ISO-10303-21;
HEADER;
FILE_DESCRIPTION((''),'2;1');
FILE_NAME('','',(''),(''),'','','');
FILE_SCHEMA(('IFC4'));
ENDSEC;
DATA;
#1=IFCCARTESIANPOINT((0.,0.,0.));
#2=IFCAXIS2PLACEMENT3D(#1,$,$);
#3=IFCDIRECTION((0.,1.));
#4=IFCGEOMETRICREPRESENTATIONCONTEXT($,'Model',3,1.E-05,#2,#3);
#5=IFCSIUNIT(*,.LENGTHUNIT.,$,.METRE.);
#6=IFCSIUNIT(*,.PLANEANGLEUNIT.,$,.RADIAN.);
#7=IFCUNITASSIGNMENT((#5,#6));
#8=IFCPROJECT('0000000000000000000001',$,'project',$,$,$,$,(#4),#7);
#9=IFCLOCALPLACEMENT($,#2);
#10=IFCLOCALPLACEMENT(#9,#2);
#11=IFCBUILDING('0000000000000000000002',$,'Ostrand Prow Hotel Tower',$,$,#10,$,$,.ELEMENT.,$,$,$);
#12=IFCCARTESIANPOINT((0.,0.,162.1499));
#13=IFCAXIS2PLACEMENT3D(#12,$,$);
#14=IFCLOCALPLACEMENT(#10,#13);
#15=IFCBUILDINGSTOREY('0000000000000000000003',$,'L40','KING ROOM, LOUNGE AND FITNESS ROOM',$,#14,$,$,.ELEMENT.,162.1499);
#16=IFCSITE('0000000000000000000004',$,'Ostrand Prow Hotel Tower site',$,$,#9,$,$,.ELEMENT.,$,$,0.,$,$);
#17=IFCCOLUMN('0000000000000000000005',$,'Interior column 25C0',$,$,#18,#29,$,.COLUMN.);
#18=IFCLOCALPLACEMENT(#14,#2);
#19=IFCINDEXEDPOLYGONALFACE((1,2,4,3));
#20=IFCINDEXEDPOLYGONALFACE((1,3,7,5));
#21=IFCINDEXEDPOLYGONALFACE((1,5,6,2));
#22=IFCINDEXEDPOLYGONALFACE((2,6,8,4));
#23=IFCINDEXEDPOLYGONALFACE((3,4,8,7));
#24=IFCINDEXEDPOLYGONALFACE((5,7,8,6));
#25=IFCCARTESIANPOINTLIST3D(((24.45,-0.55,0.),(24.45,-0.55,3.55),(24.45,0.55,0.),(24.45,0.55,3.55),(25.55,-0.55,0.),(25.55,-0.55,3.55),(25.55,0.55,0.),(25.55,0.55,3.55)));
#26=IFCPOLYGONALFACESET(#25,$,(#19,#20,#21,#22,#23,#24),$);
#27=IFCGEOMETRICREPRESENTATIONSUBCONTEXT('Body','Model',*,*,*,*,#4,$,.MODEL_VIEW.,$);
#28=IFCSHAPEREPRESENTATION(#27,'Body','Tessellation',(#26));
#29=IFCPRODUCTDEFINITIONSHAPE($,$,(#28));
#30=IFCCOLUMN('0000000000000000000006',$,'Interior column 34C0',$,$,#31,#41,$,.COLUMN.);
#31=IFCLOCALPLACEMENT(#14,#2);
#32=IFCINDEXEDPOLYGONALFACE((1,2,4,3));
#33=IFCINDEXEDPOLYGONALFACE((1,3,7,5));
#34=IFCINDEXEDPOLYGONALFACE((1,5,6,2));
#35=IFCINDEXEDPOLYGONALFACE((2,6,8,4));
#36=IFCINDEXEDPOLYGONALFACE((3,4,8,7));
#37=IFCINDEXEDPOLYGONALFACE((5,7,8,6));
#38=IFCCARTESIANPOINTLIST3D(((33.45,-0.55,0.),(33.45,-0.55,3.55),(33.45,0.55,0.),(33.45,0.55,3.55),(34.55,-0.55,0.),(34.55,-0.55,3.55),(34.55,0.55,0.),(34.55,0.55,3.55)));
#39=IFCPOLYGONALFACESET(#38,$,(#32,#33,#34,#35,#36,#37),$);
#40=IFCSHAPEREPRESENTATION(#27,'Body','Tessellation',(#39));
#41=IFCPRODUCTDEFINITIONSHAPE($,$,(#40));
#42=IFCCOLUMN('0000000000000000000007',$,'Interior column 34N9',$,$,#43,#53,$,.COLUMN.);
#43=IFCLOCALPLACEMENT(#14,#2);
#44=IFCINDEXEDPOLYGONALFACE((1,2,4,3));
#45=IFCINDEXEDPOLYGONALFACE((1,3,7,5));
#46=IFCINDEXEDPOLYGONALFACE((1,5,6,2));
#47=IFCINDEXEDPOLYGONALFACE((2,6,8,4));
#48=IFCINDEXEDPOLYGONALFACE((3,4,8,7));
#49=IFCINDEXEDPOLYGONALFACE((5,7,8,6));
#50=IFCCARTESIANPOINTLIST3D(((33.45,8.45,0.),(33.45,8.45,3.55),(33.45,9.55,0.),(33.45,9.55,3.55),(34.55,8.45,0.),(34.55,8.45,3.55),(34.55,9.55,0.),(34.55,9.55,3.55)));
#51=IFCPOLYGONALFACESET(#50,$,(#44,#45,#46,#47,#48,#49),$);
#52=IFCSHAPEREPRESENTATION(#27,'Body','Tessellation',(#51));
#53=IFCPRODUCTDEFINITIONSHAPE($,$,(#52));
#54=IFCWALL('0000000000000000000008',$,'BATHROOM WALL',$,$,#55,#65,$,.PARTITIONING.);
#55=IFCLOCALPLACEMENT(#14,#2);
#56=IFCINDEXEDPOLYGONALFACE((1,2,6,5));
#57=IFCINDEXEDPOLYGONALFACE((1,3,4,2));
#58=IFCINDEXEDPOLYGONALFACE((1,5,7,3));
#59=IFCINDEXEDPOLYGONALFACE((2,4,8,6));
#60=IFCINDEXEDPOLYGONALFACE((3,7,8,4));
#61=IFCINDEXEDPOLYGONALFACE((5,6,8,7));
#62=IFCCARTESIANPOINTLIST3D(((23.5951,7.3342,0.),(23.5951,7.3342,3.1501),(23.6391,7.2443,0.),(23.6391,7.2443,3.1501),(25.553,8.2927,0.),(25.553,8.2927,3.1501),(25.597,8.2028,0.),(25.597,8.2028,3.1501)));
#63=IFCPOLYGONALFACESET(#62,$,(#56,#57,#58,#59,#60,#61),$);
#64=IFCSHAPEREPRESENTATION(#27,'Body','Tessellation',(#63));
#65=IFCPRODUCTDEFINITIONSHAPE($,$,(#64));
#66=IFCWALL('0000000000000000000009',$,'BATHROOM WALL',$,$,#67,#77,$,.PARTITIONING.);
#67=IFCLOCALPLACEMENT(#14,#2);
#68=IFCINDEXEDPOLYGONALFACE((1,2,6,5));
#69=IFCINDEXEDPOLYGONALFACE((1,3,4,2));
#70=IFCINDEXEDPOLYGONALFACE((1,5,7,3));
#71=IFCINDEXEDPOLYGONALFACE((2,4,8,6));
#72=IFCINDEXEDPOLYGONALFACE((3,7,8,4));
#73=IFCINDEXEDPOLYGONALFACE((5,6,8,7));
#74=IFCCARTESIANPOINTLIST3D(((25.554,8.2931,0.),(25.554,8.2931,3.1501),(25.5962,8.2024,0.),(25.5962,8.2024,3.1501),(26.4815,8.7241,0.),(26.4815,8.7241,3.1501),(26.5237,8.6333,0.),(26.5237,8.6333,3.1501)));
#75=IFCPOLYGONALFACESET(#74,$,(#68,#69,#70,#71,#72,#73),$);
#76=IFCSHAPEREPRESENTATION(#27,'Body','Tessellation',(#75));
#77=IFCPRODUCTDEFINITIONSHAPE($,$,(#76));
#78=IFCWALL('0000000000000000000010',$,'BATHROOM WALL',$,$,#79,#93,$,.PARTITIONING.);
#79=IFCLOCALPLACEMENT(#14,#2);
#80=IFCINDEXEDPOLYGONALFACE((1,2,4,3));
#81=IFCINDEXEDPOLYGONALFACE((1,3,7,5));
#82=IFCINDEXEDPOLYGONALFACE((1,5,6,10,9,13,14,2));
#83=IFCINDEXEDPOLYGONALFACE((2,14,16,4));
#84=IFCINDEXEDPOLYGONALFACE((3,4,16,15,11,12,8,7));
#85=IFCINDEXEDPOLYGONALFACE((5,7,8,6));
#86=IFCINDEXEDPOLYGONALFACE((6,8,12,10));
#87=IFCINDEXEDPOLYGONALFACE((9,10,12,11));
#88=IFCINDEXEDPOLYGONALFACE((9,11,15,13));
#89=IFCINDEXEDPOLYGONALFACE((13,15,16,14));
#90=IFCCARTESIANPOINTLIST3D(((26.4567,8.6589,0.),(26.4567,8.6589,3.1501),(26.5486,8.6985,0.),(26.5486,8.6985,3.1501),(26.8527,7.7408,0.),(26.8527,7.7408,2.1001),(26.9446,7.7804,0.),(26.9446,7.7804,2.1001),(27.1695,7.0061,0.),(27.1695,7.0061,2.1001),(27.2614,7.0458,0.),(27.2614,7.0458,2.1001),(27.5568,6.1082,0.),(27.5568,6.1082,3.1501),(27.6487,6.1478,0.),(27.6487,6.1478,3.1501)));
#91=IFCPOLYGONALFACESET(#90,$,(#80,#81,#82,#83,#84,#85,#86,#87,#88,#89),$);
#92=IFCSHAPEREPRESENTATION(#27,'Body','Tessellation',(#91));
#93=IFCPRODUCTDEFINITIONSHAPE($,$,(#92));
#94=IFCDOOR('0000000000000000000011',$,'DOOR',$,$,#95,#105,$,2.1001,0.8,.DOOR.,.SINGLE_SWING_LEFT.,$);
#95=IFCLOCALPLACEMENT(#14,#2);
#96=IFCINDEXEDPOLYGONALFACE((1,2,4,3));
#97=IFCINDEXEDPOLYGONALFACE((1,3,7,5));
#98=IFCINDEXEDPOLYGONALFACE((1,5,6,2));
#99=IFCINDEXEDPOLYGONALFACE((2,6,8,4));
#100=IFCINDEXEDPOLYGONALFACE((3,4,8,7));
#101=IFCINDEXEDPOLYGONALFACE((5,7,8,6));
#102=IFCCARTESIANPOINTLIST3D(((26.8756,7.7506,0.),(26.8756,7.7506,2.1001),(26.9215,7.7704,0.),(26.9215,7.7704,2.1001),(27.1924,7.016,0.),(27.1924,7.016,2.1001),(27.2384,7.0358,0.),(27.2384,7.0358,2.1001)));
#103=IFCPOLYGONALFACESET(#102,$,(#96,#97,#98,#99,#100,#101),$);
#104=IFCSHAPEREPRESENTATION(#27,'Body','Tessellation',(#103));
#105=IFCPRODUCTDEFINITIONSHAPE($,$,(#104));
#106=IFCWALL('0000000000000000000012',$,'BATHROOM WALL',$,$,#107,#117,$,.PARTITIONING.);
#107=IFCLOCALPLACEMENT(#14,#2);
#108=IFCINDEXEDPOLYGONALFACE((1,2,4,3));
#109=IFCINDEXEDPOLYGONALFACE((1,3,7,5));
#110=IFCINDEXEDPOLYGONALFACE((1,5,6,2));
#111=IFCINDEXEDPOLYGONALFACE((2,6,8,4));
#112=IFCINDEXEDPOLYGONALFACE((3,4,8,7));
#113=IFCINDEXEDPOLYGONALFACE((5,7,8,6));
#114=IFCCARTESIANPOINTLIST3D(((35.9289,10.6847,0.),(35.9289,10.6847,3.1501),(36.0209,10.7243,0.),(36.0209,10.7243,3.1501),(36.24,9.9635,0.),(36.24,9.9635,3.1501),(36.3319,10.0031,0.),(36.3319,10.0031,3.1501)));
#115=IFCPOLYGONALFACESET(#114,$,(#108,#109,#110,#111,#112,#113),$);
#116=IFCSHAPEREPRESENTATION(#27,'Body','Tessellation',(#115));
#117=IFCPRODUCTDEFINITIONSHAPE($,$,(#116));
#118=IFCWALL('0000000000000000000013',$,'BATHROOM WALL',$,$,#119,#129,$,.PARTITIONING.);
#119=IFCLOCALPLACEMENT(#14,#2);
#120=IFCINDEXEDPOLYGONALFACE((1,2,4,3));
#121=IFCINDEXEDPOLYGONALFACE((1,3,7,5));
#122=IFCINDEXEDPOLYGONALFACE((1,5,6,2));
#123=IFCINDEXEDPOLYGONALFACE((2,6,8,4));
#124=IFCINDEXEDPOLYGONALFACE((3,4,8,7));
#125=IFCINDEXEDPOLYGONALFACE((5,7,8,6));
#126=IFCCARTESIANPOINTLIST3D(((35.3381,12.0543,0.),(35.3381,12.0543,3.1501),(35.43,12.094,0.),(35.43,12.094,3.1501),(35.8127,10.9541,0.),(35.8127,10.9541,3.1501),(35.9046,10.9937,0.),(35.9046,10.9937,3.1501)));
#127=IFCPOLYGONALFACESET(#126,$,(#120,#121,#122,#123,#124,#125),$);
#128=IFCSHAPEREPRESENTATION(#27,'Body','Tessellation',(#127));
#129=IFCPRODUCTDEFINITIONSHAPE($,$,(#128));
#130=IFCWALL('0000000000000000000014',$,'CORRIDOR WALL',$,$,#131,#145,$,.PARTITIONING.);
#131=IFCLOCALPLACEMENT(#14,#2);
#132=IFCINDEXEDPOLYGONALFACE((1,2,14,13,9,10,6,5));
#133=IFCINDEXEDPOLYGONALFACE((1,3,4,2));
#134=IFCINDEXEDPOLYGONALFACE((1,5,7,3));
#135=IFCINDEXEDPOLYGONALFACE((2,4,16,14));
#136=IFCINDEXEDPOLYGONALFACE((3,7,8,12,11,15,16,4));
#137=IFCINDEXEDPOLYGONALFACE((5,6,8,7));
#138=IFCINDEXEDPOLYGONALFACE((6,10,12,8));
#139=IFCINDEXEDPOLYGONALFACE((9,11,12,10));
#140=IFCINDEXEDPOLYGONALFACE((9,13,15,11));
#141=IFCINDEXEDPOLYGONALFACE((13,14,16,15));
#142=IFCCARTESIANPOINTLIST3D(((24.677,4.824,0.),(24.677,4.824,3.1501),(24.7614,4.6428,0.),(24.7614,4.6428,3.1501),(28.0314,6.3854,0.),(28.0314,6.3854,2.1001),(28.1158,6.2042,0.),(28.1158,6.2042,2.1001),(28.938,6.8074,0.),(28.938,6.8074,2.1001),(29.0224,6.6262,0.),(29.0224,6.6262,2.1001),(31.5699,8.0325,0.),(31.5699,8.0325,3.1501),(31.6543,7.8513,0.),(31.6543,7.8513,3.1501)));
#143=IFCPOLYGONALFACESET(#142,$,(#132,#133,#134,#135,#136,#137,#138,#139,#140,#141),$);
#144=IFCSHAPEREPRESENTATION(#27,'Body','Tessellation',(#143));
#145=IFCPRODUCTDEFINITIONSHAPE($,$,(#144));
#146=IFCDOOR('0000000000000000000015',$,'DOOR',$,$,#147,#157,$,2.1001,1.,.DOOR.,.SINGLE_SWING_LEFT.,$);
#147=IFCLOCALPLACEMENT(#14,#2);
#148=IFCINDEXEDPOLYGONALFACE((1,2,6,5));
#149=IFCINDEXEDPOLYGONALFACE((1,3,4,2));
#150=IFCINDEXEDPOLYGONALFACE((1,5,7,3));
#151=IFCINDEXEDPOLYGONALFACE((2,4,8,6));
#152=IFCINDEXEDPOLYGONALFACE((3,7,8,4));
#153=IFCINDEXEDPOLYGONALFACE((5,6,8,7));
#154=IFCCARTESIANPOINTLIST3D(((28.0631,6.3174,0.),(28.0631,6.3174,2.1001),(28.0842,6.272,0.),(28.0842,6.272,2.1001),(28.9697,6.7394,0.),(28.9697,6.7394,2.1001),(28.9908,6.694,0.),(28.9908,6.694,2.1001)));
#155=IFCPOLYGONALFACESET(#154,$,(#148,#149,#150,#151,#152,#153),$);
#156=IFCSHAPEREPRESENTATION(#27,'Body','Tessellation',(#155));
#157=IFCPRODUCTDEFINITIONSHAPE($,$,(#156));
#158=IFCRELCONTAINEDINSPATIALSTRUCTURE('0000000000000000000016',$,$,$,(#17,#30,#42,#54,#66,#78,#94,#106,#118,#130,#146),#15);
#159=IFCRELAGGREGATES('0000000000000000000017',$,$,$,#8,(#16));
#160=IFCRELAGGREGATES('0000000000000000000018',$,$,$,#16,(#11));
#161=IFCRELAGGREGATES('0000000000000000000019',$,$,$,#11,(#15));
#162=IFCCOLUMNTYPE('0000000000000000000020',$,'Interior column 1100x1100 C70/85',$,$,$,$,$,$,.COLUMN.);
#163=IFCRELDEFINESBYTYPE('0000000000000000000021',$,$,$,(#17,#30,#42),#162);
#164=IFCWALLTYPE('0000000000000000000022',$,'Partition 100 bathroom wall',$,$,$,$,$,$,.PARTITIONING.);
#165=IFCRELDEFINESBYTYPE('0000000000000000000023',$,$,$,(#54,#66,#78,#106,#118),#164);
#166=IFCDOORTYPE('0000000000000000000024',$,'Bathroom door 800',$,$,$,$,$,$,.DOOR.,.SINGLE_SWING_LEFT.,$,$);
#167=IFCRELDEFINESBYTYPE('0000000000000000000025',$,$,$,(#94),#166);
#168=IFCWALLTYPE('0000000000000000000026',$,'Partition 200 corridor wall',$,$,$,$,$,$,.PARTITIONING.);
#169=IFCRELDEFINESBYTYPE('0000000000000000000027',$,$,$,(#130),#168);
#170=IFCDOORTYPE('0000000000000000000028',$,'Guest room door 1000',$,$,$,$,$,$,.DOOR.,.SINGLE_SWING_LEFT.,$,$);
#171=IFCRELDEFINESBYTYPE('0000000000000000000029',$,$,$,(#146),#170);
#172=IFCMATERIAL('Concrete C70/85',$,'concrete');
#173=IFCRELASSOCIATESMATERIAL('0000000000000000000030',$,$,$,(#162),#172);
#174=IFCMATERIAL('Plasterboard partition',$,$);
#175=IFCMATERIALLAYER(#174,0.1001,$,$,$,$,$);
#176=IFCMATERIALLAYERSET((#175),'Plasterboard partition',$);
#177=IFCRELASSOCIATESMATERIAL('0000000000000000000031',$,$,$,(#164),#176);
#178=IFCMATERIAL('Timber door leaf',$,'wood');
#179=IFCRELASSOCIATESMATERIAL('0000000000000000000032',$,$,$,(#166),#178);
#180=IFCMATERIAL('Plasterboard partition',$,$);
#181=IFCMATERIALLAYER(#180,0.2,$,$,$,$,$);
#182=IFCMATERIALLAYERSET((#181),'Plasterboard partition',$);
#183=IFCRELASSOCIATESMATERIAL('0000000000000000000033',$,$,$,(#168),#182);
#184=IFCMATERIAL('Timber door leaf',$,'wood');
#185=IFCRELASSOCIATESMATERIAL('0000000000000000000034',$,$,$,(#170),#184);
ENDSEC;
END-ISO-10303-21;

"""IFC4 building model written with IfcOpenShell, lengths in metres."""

from ifc_helpers import new_model, si_unit, direction, frame, frame_2d, origin, origin_2d, place, context, subcontext, project, spatial, rectangle, extrude, material, layer, layer_set, material_profile, profile_set, type_object, element, fill, save


model = new_model("IFC4")

# Units and contexts
model_context = context("Model", 3, precision=1e-05, world=origin(), true_north=direction((0.0, 1.0)))
body_context = subcontext(model_context, "Body", "Model", "MODEL_VIEW")
ifc_project = project(units=[si_unit("LENGTHUNIT", "METRE"), si_unit("PLANEANGLEUNIT", "RADIAN")], contexts=[model_context])

# Site, building, storey
site_placement = place(None, origin())
site = spatial("IfcSite", under=ifc_project, at=site_placement, Name="Ostrand Prow Hotel Tower site", CompositionType="ELEMENT", RefElevation=0.0)
building_placement = place(site_placement, origin())
building = spatial("IfcBuilding", under=site, at=building_placement, Name="Ostrand Prow Hotel Tower", CompositionType="ELEMENT")
storey_placement = place(building_placement, frame((0.0, 0.0, 162.1499)))
storey = spatial("IfcBuildingStorey", under=building, at=storey_placement, Name="L40", Description="KING ROOM, LOUNGE AND FITNESS ROOM", CompositionType="ELEMENT", Elevation=162.1499)

# Columns
ifc_material_1 = material(Name="Concrete C70/85", Category="concrete")
ifc_material_profile = material_profile(ifc_material_1, rectangle(XDim=1.1001, YDim=1.1001, at=origin_2d()), Name="RC 1100x1100")
ifc_profile_set = profile_set([ifc_material_profile], Name="Concrete C70/85")
column_type = type_object("IfcColumnType", Name="Interior column 1100x1100 C70/85", PredefinedType="COLUMN", material=ifc_profile_set)
for number, where, z_axis, x_axis, name in (
    (1, (25.0, 0.0, 0.0), (0.0, 0.0, 1.0), (1.0, 0.0, 0.0), "Interior column 25C0"),
    (2, (34.0, 0.0, 0.0), (0.0, 0.0, 1.0), (1.0, 0.0, 0.0), "Interior column 34C0"),
    (3, (34.0, 9.0, 0.0), (0.0, 0.0, 1.0), (1.0, 0.0, 0.0), "Interior column 34N9"),
):
    element("IfcColumn", number, at=place(storey_placement, frame(where, z_axis=z_axis, x_axis=x_axis)), inside=storey, type_object=column_type, Name=name, PredefinedType="COLUMN", context=body_context, shape_type="SweptSolid", body=[
        extrude(rectangle(XDim=1.1001, YDim=1.1001, at=origin_2d()), origin(), (0.0, 0.0, 1.0), 3.55),
    ])

# Walls
ifc_material_2 = material(Name="Plasterboard partition")
ifc_layer_1 = layer(ifc_material_2, 0.1001)
ifc_layer_set_1 = layer_set([ifc_layer_1], Name="Plasterboard partition")
wall_type_1 = type_object("IfcWallType", Name="Partition 100 bathroom wall", PredefinedType="PARTITIONING", material=ifc_layer_set_1)
wall_1_placement = place(storey_placement, frame((23.6172, 7.2893, 0.0), z_axis=(0.0, 0.0, 1.0), x_axis=(0.898158, 0.439672, 0.0)))
element("IfcWall", 4, at=wall_1_placement, inside=storey, type_object=wall_type_1, Name="BATHROOM WALL", PredefinedType="PARTITIONING", context=body_context, shape_type="SweptSolid", body=[
    extrude(rectangle(XDim=2.1799, YDim=0.1001, at=frame_2d((1.0898, 0.0))), origin(), (0.0, 0.0, 1.0), 3.1501),
])
wall_2_placement = place(storey_placement, frame((25.5752, 8.2478, 0.0), z_axis=(0.0, 0.0, 1.0), x_axis=(0.906901, 0.421343, 0.0)))
element("IfcWall", 5, at=wall_2_placement, inside=storey, type_object=wall_type_1, Name="BATHROOM WALL", PredefinedType="PARTITIONING", context=body_context, shape_type="SweptSolid", body=[
    extrude(rectangle(XDim=1.0227, YDim=0.1001, at=frame_2d((0.5112, 0.0))), origin(), (0.0, 0.0, 1.0), 3.1501),
])

# Wall, opening, door
wall_3_placement = place(storey_placement, frame((26.5027, 8.6787, 0.0), z_axis=(0.0, 0.0, 1.0), x_axis=(0.396018, -0.918243, 0.0)))
wall_3 = element("IfcWall", 6, at=wall_3_placement, inside=storey, type_object=wall_type_1, Name="BATHROOM WALL", PredefinedType="PARTITIONING", context=body_context, shape_type="SweptSolid", body=[
    extrude(rectangle(XDim=2.7778, YDim=0.1001, at=frame_2d((1.3889, 0.0))), origin(), (0.0, 0.0, 1.0), 3.1501),
])
opening_1_placement = place(wall_3_placement, frame((1.0, 0.0, 0.0)))
opening_1 = element("IfcOpeningElement", 7, at=opening_1_placement, cuts=wall_3, PredefinedType="OPENING", context=body_context, shape_type="SweptSolid", body=[
    extrude(rectangle(XDim=0.8, YDim=2.1001, at=frame_2d((0.3999, 1.05))), frame((0.0, 0.0601, 0.0), z_axis=(0.0, -1.0, 0.0), x_axis=(1.0, 0.0, 0.0)), (0.0, 0.0, 1.0), 0.1201),
])
ifc_material_3 = material(Name="Timber door leaf", Category="wood")
door_type_1 = type_object("IfcDoorType", Name="Bathroom door 800", OperationType="SINGLE_SWING_LEFT", PredefinedType="DOOR", material=ifc_material_3)
door_1_placement = place(opening_1_placement, origin())
door_1 = element("IfcDoor", 8, at=door_1_placement, inside=storey, type_object=door_type_1, Name="DOOR", OperationType="SINGLE_SWING_LEFT", OverallHeight=2.1001, OverallWidth=0.8, PredefinedType="DOOR", context=body_context, shape_type="SweptSolid", body=[
    extrude(rectangle(XDim=0.8, YDim=2.1001, at=frame_2d((0.3999, 1.05))), frame((0.0, 0.0249, 0.0), z_axis=(0.0, -1.0, 0.0), x_axis=(1.0, 0.0, 0.0)), (0.0, 0.0, 1.0), 0.05),
])
fill(opening_1, door_1)

# Walls
wall_4_placement = place(storey_placement, frame((36.2859, 9.9834, 0.0), z_axis=(0.0, 0.0, 1.0), x_axis=(-0.396019, 0.918242, 0.0)))
element("IfcWall", 9, at=wall_4_placement, inside=storey, type_object=wall_type_1, Name="BATHROOM WALL", PredefinedType="PARTITIONING", context=body_context, shape_type="SweptSolid", body=[
    extrude(rectangle(XDim=0.7854, YDim=0.1001, at=frame_2d((0.3926, 0.0))), origin(), (0.0, 0.0, 1.0), 3.1501),
])
wall_5_placement = place(storey_placement, frame((35.8586, 10.9739, 0.0), z_axis=(0.0, 0.0, 1.0), x_axis=(-0.396057, 0.918226, 0.0)))
element("IfcWall", 10, at=wall_5_placement, inside=storey, type_object=wall_type_1, Name="BATHROOM WALL", PredefinedType="PARTITIONING", context=body_context, shape_type="SweptSolid", body=[
    extrude(rectangle(XDim=1.1982, YDim=0.1001, at=frame_2d((0.5991, 0.0))), origin(), (0.0, 0.0, 1.0), 3.1501),
])

# Wall, opening, door
ifc_material_4 = material(Name="Plasterboard partition")
ifc_layer_2 = layer(ifc_material_4, 0.2)
ifc_layer_set_2 = layer_set([ifc_layer_2], Name="Plasterboard partition")
wall_type_2 = type_object("IfcWallType", Name="Partition 200 corridor wall", PredefinedType="PARTITIONING", material=ifc_layer_set_2)
wall_6_placement = place(storey_placement, frame((24.7192, 4.7334, 0.0), z_axis=(0.0, 0.0, 1.0), x_axis=(0.906594, 0.422005, 0.0)))
wall_6 = element("IfcWall", 11, at=wall_6_placement, inside=storey, type_object=wall_type_2, Name="CORRIDOR WALL", PredefinedType="PARTITIONING", context=body_context, shape_type="SweptSolid", body=[
    extrude(rectangle(XDim=7.603, YDim=0.2, at=frame_2d((3.8015, 0.0))), origin(), (0.0, 0.0, 1.0), 3.1501),
])
opening_2_placement = place(wall_6_placement, frame((3.7, 0.0, 0.0)))
opening_2 = element("IfcOpeningElement", 12, at=opening_2_placement, cuts=wall_6, PredefinedType="OPENING", context=body_context, shape_type="SweptSolid", body=[
    extrude(rectangle(XDim=1.0, YDim=2.1001, at=frame_2d((0.5, 1.05))), frame((0.0, 0.1099, 0.0), z_axis=(0.0, -1.0, 0.0), x_axis=(1.0, 0.0, 0.0)), (0.0, 0.0, 1.0), 0.22),
])
ifc_material_5 = material(Name="Timber door leaf", Category="wood")
door_type_2 = type_object("IfcDoorType", Name="Guest room door 1000", OperationType="SINGLE_SWING_LEFT", PredefinedType="DOOR", material=ifc_material_5)
door_2_placement = place(opening_2_placement, origin())
door_2 = element("IfcDoor", 13, at=door_2_placement, inside=storey, type_object=door_type_2, Name="DOOR", OperationType="SINGLE_SWING_LEFT", OverallHeight=2.1001, OverallWidth=1.0, PredefinedType="DOOR", context=body_context, shape_type="SweptSolid", body=[
    extrude(rectangle(XDim=1.0, YDim=2.1001, at=frame_2d((0.5, 1.05))), frame((0.0, 0.0249, 0.0), z_axis=(0.0, -1.0, 0.0), x_axis=(1.0, 0.0, 0.0)), (0.0, 0.0, 1.0), 0.05),
])
fill(opening_2, door_2)

save(model, "model.ifc")
